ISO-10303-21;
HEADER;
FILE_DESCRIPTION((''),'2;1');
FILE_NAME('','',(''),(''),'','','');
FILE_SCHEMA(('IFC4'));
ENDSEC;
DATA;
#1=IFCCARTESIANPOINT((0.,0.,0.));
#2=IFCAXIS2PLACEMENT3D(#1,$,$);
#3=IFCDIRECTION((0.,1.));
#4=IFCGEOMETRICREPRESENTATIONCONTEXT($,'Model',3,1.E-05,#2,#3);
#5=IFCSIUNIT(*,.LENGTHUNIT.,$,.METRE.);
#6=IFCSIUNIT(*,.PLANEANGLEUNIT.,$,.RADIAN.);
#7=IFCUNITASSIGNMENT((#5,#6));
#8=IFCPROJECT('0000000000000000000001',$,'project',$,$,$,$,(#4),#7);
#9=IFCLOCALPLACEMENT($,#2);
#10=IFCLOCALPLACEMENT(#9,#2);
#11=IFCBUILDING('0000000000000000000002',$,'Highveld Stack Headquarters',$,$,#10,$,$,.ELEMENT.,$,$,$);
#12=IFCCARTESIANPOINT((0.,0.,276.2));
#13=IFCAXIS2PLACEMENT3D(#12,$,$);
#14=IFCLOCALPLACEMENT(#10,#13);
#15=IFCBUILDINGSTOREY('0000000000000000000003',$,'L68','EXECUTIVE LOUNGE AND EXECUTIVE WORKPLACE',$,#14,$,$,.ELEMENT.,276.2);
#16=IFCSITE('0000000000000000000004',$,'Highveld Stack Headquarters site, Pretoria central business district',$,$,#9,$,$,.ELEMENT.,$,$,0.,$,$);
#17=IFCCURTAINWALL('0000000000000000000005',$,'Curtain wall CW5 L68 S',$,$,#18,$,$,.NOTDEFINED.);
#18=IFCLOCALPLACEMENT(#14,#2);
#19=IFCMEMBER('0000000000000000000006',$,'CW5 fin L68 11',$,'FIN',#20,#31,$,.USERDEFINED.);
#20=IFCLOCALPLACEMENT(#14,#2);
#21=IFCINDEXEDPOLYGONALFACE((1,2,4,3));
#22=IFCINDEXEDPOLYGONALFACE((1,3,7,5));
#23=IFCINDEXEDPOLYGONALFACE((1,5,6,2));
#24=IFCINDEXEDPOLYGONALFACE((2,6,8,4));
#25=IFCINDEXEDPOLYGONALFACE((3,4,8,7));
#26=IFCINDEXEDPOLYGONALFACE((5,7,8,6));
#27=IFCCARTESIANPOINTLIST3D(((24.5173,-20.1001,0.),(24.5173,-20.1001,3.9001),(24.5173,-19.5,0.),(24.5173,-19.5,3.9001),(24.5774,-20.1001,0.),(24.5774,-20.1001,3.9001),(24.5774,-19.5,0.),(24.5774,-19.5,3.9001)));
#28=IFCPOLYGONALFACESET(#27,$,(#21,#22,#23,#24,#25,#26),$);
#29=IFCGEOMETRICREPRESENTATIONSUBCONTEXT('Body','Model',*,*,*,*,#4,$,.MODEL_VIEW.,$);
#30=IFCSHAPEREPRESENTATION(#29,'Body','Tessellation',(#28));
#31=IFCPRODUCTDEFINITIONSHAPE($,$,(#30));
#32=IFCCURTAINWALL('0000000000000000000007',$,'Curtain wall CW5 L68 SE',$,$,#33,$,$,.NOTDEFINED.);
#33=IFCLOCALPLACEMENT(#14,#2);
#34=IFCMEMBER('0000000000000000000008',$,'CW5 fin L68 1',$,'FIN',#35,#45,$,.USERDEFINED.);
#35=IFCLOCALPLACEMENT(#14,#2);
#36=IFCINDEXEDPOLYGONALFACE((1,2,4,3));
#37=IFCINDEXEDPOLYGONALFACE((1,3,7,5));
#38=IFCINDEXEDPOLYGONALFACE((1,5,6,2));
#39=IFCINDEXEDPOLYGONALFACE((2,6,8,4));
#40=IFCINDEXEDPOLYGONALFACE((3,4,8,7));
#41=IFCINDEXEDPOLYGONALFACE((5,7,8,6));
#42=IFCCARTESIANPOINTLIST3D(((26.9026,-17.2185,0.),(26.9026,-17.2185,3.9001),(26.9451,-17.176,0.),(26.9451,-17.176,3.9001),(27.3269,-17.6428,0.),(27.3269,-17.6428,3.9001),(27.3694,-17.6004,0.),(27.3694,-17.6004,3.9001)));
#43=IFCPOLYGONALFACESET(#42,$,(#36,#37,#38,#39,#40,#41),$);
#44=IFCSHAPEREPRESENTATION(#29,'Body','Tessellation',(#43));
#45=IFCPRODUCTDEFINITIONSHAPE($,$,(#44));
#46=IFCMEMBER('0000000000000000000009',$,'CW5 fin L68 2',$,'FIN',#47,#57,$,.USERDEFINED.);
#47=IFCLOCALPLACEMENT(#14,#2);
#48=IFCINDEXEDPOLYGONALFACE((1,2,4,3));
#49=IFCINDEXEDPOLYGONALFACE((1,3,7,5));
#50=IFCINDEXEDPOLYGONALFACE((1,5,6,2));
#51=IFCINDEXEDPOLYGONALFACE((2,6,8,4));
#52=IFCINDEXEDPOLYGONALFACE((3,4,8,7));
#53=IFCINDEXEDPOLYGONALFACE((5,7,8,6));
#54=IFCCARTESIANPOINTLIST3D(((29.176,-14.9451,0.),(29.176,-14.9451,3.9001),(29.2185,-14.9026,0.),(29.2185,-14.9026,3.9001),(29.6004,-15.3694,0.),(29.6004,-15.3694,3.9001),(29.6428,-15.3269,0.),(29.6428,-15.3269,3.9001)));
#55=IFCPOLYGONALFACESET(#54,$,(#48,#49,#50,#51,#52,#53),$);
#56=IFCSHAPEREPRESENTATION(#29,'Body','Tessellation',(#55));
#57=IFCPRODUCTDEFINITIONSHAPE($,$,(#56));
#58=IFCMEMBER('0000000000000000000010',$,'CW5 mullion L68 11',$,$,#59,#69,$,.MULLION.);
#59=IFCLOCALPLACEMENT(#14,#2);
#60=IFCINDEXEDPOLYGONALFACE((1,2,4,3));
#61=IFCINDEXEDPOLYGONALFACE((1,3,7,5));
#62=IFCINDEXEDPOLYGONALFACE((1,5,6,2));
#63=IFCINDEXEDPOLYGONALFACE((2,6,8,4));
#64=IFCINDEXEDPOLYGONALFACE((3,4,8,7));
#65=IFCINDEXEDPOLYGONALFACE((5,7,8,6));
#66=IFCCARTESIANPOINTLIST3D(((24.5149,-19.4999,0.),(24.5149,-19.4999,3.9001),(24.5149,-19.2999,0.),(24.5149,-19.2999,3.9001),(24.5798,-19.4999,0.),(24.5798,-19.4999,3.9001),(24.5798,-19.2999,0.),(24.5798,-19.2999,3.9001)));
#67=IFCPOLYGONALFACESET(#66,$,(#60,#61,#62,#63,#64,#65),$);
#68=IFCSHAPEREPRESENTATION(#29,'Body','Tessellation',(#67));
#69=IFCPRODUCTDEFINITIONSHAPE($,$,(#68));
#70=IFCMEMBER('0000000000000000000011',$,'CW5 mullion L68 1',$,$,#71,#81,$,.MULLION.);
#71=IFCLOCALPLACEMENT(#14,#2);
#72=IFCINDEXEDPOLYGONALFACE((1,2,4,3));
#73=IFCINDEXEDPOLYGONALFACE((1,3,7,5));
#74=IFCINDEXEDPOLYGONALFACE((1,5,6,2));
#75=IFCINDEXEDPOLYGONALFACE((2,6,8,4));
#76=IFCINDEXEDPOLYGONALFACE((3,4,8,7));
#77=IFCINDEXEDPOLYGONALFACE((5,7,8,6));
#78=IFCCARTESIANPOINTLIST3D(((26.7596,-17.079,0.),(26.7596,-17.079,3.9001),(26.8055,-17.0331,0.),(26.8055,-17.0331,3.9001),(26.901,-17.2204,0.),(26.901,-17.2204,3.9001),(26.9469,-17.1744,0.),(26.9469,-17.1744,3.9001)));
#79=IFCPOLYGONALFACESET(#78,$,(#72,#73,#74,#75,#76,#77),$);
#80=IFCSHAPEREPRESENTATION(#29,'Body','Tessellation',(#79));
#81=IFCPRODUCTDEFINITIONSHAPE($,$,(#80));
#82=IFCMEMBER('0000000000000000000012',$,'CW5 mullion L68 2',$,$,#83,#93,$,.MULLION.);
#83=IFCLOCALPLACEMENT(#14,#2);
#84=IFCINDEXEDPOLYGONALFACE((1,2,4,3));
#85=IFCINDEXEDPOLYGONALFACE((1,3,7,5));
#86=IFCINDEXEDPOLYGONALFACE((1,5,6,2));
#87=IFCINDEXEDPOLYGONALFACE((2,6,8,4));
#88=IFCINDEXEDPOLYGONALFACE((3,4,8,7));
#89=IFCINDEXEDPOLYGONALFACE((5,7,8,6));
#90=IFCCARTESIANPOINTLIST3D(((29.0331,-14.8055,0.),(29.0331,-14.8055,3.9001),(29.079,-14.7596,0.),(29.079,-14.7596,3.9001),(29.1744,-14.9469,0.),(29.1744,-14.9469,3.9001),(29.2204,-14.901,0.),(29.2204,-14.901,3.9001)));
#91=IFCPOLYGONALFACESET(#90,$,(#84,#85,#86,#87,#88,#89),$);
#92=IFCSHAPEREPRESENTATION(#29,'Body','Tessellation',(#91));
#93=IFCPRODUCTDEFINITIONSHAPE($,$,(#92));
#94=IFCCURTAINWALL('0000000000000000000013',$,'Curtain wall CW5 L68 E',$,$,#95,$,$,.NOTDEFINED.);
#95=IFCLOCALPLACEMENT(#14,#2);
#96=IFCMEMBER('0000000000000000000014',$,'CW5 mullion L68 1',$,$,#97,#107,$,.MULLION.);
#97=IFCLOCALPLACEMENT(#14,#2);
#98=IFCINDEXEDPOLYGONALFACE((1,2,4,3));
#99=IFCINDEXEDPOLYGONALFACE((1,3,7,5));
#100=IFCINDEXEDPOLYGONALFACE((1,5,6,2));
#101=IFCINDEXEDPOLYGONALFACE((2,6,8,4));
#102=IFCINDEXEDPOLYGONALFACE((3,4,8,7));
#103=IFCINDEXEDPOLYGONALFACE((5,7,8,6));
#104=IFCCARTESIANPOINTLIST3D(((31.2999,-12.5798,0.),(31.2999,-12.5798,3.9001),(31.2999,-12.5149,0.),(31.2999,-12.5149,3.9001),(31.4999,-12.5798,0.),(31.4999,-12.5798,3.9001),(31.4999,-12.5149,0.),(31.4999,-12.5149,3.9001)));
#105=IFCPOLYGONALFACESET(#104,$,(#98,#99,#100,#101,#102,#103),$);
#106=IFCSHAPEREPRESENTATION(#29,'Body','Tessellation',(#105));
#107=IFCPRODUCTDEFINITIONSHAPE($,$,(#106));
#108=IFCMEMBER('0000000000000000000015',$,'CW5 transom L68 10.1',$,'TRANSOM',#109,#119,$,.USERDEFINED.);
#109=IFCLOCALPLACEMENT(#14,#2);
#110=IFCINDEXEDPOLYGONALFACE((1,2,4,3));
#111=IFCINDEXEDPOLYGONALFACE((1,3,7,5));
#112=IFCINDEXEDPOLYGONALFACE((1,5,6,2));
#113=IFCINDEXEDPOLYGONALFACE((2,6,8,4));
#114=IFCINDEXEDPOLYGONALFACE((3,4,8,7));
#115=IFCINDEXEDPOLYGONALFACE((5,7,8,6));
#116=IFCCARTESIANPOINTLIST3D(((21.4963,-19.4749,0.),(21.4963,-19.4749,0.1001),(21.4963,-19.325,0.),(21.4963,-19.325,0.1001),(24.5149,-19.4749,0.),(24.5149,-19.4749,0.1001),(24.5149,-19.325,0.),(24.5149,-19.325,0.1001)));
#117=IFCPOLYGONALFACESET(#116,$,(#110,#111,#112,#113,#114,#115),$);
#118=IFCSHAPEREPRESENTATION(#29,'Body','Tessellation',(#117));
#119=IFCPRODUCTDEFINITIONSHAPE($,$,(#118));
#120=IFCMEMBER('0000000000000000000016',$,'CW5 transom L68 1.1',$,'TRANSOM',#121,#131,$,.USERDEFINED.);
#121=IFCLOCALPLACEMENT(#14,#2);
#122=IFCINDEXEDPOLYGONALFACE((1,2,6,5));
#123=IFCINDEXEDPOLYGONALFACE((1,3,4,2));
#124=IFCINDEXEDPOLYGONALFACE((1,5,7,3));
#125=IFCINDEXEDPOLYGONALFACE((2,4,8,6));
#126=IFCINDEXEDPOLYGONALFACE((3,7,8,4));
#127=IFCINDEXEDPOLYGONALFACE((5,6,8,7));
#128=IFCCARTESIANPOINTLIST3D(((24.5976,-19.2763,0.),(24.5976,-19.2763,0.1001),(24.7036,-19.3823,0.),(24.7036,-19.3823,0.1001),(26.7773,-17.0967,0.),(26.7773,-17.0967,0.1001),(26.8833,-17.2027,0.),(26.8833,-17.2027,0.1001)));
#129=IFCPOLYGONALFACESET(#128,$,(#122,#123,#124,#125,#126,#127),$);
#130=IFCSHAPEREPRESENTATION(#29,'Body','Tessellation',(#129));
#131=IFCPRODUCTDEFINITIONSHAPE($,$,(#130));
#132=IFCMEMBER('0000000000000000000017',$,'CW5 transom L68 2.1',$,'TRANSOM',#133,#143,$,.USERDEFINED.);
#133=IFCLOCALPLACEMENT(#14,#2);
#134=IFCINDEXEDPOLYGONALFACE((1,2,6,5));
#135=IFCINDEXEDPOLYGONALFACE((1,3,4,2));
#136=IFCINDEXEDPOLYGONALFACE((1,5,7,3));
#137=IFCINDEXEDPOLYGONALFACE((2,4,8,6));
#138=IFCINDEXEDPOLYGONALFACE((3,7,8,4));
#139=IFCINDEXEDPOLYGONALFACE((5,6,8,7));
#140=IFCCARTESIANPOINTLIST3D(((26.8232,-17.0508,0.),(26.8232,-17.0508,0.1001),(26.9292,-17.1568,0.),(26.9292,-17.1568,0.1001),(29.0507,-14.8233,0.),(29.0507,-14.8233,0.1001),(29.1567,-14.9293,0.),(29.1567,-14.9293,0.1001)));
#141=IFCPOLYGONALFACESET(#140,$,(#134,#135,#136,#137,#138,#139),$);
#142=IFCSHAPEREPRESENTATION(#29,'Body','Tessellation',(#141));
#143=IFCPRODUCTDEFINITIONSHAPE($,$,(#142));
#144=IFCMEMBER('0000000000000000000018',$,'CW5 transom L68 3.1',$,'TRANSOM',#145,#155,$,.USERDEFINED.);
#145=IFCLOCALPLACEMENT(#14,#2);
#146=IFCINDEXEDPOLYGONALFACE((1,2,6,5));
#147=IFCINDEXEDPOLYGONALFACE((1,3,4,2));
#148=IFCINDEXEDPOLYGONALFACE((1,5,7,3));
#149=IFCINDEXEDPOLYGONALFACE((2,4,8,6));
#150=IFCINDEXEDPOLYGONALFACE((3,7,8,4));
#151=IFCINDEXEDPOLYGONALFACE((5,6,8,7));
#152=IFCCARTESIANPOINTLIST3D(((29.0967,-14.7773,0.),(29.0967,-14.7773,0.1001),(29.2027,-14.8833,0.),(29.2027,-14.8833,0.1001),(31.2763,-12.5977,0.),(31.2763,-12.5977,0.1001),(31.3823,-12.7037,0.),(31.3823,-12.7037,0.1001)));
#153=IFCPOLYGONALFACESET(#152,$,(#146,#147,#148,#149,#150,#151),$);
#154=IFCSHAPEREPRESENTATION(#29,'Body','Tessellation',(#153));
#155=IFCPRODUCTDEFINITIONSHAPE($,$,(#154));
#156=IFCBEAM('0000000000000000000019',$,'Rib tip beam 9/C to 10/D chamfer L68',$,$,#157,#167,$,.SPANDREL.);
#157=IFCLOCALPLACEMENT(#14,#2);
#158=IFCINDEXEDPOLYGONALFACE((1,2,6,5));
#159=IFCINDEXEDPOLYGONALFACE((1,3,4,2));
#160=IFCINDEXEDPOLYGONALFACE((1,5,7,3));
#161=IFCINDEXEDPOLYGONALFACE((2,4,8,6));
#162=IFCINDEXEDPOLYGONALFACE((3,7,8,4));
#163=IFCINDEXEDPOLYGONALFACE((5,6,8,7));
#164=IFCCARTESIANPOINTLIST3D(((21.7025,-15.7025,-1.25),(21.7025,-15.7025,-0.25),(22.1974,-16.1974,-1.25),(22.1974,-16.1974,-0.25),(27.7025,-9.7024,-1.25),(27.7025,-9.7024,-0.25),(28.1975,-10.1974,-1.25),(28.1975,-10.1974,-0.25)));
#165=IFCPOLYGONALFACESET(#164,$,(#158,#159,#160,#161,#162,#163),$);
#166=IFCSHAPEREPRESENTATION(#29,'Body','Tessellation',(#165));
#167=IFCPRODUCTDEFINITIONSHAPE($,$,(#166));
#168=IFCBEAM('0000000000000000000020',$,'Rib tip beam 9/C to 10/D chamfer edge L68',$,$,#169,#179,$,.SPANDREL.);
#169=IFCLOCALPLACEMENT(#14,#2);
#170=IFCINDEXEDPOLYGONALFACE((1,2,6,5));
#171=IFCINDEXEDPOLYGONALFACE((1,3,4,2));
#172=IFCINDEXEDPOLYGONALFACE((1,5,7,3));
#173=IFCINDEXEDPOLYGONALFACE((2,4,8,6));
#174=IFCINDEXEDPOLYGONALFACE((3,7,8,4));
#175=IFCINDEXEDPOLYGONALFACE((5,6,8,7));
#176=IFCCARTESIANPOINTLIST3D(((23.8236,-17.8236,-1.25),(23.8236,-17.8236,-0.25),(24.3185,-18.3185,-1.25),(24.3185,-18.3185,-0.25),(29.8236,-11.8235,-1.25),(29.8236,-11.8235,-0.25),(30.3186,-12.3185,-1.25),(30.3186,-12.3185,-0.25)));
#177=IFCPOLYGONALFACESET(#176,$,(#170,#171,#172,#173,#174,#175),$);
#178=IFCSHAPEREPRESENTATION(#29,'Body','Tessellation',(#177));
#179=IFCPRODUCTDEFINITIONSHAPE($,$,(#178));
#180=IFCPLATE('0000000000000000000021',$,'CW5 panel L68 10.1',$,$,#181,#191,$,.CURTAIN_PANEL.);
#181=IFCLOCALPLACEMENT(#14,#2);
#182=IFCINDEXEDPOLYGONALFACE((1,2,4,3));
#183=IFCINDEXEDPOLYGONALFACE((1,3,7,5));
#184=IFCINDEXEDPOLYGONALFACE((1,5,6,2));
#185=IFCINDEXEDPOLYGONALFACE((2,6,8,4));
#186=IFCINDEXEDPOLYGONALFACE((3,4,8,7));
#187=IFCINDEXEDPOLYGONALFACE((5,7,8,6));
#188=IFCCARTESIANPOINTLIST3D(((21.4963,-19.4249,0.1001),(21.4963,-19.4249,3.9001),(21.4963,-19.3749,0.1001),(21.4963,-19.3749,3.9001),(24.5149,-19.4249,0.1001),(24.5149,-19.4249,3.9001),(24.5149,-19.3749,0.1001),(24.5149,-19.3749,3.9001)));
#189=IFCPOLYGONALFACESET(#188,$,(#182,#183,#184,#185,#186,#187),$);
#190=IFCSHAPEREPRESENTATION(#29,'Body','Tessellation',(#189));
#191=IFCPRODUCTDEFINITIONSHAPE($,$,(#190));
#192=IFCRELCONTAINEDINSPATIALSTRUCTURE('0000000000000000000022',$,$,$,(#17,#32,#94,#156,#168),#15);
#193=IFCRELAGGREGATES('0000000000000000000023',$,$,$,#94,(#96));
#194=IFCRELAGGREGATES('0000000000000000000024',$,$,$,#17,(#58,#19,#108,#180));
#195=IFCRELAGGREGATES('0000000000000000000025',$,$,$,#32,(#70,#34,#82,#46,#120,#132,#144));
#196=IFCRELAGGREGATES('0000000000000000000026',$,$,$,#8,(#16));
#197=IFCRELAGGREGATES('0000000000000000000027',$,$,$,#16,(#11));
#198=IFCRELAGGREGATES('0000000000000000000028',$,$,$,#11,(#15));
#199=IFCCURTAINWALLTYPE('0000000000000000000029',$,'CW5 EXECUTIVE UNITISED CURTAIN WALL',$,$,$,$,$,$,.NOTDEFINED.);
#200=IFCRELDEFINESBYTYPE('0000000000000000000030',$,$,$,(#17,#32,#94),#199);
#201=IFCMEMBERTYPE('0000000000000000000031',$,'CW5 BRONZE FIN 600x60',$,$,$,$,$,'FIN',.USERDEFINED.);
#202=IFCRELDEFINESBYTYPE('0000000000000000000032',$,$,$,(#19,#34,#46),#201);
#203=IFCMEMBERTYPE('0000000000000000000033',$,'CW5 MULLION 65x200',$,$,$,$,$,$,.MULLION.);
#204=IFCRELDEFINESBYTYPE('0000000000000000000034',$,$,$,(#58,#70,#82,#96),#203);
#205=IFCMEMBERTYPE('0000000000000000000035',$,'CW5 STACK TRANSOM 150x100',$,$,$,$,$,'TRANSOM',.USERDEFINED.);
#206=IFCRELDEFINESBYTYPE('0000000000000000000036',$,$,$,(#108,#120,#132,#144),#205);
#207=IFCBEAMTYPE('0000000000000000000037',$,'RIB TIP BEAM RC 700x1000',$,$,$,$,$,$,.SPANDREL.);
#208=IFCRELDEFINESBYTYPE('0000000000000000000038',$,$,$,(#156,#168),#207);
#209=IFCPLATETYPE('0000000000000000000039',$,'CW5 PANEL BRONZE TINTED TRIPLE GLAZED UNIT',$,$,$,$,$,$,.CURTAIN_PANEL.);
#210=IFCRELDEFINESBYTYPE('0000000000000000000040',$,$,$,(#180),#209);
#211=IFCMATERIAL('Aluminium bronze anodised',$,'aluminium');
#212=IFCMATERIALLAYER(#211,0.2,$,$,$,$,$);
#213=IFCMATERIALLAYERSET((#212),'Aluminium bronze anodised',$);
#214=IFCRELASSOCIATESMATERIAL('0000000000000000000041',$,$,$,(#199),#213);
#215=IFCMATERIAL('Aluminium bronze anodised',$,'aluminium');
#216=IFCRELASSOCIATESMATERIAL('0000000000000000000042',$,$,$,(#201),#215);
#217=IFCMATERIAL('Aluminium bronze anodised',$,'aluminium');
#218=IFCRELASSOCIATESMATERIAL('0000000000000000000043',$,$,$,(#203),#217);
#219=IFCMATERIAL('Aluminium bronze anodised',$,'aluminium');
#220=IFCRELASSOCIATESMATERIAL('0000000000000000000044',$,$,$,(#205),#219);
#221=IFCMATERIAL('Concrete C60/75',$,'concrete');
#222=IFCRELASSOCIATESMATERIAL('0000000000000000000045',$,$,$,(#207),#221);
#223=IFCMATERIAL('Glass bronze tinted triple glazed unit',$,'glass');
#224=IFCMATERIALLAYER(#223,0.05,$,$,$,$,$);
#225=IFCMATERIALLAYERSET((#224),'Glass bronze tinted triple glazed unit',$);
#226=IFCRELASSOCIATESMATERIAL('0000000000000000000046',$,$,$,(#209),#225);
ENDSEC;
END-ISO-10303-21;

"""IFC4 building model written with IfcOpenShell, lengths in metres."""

from ifc_helpers import new_model, si_unit, direction, frame, origin, origin_2d, place, context, subcontext, project, spatial, rectangle, extrude, material, layer, layer_set, material_profile, profile_set, type_object, element, aggregate, save


model = new_model("IFC4")

# Units and contexts
model_context = context("Model", 3, precision=1e-05, world=origin(), true_north=direction((0.0, 1.0)))
body_context = subcontext(model_context, "Body", "Model", "MODEL_VIEW")
ifc_project = project(units=[si_unit("LENGTHUNIT", "METRE"), si_unit("PLANEANGLEUNIT", "RADIAN")], contexts=[model_context])

# Site, building, storey
site_placement = place(None, origin())
site = spatial("IfcSite", under=ifc_project, at=site_placement, Name="Highveld Stack Headquarters site, Pretoria central business district", CompositionType="ELEMENT", RefElevation=0.0)
building_placement = place(site_placement, origin())
building = spatial("IfcBuilding", under=site, at=building_placement, Name="Highveld Stack Headquarters", CompositionType="ELEMENT")
storey_placement = place(building_placement, frame((0.0, 0.0, 276.2)))
storey = spatial("IfcBuildingStorey", under=building, at=storey_placement, Name="L68", Description="EXECUTIVE LOUNGE AND EXECUTIVE WORKPLACE", CompositionType="ELEMENT", Elevation=276.2)

# Curtain wall, member
ifc_material_1 = material(Name="Aluminium bronze anodised", Category="aluminium")
ifc_layer_1 = layer(ifc_material_1, 0.2)
ifc_layer_set_1 = layer_set([ifc_layer_1], Name="Aluminium bronze anodised")
curtain_wall_type = type_object("IfcCurtainWallType", Name="CW5 EXECUTIVE UNITISED CURTAIN WALL", PredefinedType="NOTDEFINED", material=ifc_layer_set_1)
curtain_wall_1_placement = place(storey_placement, origin())
curtain_wall_1 = element("IfcCurtainWall", 1, at=curtain_wall_1_placement, inside=storey, type_object=curtain_wall_type, Name="Curtain wall CW5 L68 S", PredefinedType="NOTDEFINED")
ifc_material_2 = material(Name="Aluminium bronze anodised", Category="aluminium")
ifc_material_profile_1 = material_profile(ifc_material_2, rectangle(XDim=0.6001, YDim=0.0601, at=origin_2d()), Name="FIN 600x60")
ifc_profile_set_1 = profile_set([ifc_material_profile_1], Name="Aluminium bronze anodised")
member_type_1 = type_object("IfcMemberType", Name="CW5 BRONZE FIN 600x60", ElementType="FIN", PredefinedType="USERDEFINED", material=ifc_profile_set_1)
member_1_placement = place(storey_placement, frame((24.5474, -19.8, 0.0), z_axis=(0.0, 0.0, 1.0), x_axis=(0.0, 1.0, 0.0)))
member_1 = element("IfcMember", 2, at=member_1_placement, type_object=member_type_1, Name="CW5 fin L68 11", ObjectType="FIN", PredefinedType="USERDEFINED", context=body_context, shape_type="SweptSolid", body=[
    extrude(rectangle(XDim=0.6001, YDim=0.0601, at=origin_2d()), origin(), (0.0, 0.0, 1.0), 3.9001),
])

# Curtain wall, members
curtain_wall_2_placement = place(storey_placement, origin())
curtain_wall_2 = element("IfcCurtainWall", 3, at=curtain_wall_2_placement, inside=storey, type_object=curtain_wall_type, Name="Curtain wall CW5 L68 SE", PredefinedType="NOTDEFINED")
member_2_placement = place(storey_placement, frame((27.136, -17.4094, 0.0), z_axis=(0.0, 0.0, 1.0), x_axis=(-0.707107, 0.707107, 0.0)))
member_2 = element("IfcMember", 4, at=member_2_placement, type_object=member_type_1, Name="CW5 fin L68 1", ObjectType="FIN", PredefinedType="USERDEFINED", context=body_context, shape_type="SweptSolid", body=[
    extrude(rectangle(XDim=0.6001, YDim=0.0601, at=origin_2d()), origin(), (0.0, 0.0, 1.0), 3.9001),
])
member_3_placement = place(storey_placement, frame((29.4094, -15.136, 0.0), z_axis=(0.0, 0.0, 1.0), x_axis=(-0.707107, 0.707107, 0.0)))
member_3 = element("IfcMember", 5, at=member_3_placement, type_object=member_type_1, Name="CW5 fin L68 2", ObjectType="FIN", PredefinedType="USERDEFINED", context=body_context, shape_type="SweptSolid", body=[
    extrude(rectangle(XDim=0.6001, YDim=0.0601, at=origin_2d()), origin(), (0.0, 0.0, 1.0), 3.9001),
])

# Members
ifc_material_3 = material(Name="Aluminium bronze anodised", Category="aluminium")
ifc_material_profile_2 = material_profile(ifc_material_3, rectangle(XDim=0.2, YDim=0.0649, at=origin_2d()), Name="CW5 MULLION 65x200")
ifc_profile_set_2 = profile_set([ifc_material_profile_2], Name="Aluminium bronze anodised")
member_type_2 = type_object("IfcMemberType", Name="CW5 MULLION 65x200", PredefinedType="MULLION", material=ifc_profile_set_2)
member_4_placement = place(storey_placement, frame((24.5474, -19.3999, 0.0), z_axis=(0.0, 0.0, 1.0), x_axis=(0.0, 1.0, 0.0)))
member_4 = element("IfcMember", 6, at=member_4_placement, type_object=member_type_2, Name="CW5 mullion L68 11", PredefinedType="MULLION", context=body_context, shape_type="SweptSolid", body=[
    extrude(rectangle(XDim=0.2, YDim=0.0649, at=origin_2d()), origin(), (0.0, 0.0, 1.0), 3.9001),
])
member_5_placement = place(storey_placement, frame((26.8533, -17.1267, 0.0), z_axis=(0.0, 0.0, 1.0), x_axis=(-0.707107, 0.707107, 0.0)))
member_5 = element("IfcMember", 7, at=member_5_placement, type_object=member_type_2, Name="CW5 mullion L68 1", PredefinedType="MULLION", context=body_context, shape_type="SweptSolid", body=[
    extrude(rectangle(XDim=0.2, YDim=0.0649, at=origin_2d()), origin(), (0.0, 0.0, 1.0), 3.9001),
])
member_6_placement = place(storey_placement, frame((29.1267, -14.8533, 0.0), z_axis=(0.0, 0.0, 1.0), x_axis=(-0.707107, 0.707107, 0.0)))
member_6 = element("IfcMember", 8, at=member_6_placement, type_object=member_type_2, Name="CW5 mullion L68 2", PredefinedType="MULLION", context=body_context, shape_type="SweptSolid", body=[
    extrude(rectangle(XDim=0.2, YDim=0.0649, at=origin_2d()), origin(), (0.0, 0.0, 1.0), 3.9001),
])

# Curtain wall, member
curtain_wall_3_placement = place(storey_placement, origin())
curtain_wall_3 = element("IfcCurtainWall", 9, at=curtain_wall_3_placement, inside=storey, type_object=curtain_wall_type, Name="Curtain wall CW5 L68 E", PredefinedType="NOTDEFINED")
member_7_placement = place(storey_placement, frame((31.3999, -12.5474, 0.0), z_axis=(0.0, 0.0, 1.0), x_axis=(-1.0, 0.0, 0.0)))
member_7 = element("IfcMember", 10, at=member_7_placement, type_object=member_type_2, Name="CW5 mullion L68 1", PredefinedType="MULLION", context=body_context, shape_type="SweptSolid", body=[
    extrude(rectangle(XDim=0.2, YDim=0.0649, at=origin_2d()), origin(), (0.0, 0.0, 1.0), 3.9001),
])
aggregate(curtain_wall_3, [member_7])

# Members
ifc_material_4 = material(Name="Aluminium bronze anodised", Category="aluminium")
ifc_material_profile_3 = material_profile(ifc_material_4, rectangle(XDim=0.1499, YDim=0.1001, at=origin_2d()), Name="CW5 TRANSOM 150x100")
ifc_profile_set_3 = profile_set([ifc_material_profile_3], Name="Aluminium bronze anodised")
member_type_3 = type_object("IfcMemberType", Name="CW5 STACK TRANSOM 150x100", ElementType="TRANSOM", PredefinedType="USERDEFINED", material=ifc_profile_set_3)
member_8_placement = place(storey_placement, frame((21.4963, -19.3999, 0.05), z_axis=(1.0, 0.0, 0.0), x_axis=(0.0, 1.0, 0.0)))
member_8 = element("IfcMember", 11, at=member_8_placement, type_object=member_type_3, Name="CW5 transom L68 10.1", ObjectType="TRANSOM", PredefinedType="USERDEFINED", context=body_context, shape_type="SweptSolid", body=[
    extrude(rectangle(XDim=0.1499, YDim=0.1001, at=origin_2d()), origin(), (0.0, 0.0, 1.0), 3.0186),
])
member_9_placement = place(storey_placement, frame((24.6506, -19.3293, 0.05), z_axis=(0.707107, 0.707107, 0.0), x_axis=(-0.707107, 0.707107, 0.0)))
member_9 = element("IfcMember", 12, at=member_9_placement, type_object=member_type_3, Name="CW5 transom L68 1.1", ObjectType="TRANSOM", PredefinedType="USERDEFINED", context=body_context, shape_type="SweptSolid", body=[
    extrude(rectangle(XDim=0.1499, YDim=0.1001, at=origin_2d()), origin(), (0.0, 0.0, 1.0), 3.0825),
])
member_10_placement = place(storey_placement, frame((26.8762, -17.1038, 0.05), z_axis=(0.707107, 0.707107, 0.0), x_axis=(-0.707107, 0.707107, 0.0)))
member_10 = element("IfcMember", 13, at=member_10_placement, type_object=member_type_3, Name="CW5 transom L68 2.1", ObjectType="TRANSOM", PredefinedType="USERDEFINED", context=body_context, shape_type="SweptSolid", body=[
    extrude(rectangle(XDim=0.1499, YDim=0.1001, at=origin_2d()), origin(), (0.0, 0.0, 1.0), 3.1501),
])
member_11_placement = place(storey_placement, frame((29.1497, -14.8303, 0.05), z_axis=(0.707107, 0.707107, 0.0), x_axis=(-0.707107, 0.707107, 0.0)))
member_11 = element("IfcMember", 14, at=member_11_placement, type_object=member_type_3, Name="CW5 transom L68 3.1", ObjectType="TRANSOM", PredefinedType="USERDEFINED", context=body_context, shape_type="SweptSolid", body=[
    extrude(rectangle(XDim=0.1499, YDim=0.1001, at=origin_2d()), origin(), (0.0, 0.0, 1.0), 3.0825),
])

# Beams
ifc_material_5 = material(Name="Concrete C60/75", Category="concrete")
ifc_material_profile_4 = material_profile(ifc_material_5, rectangle(XDim=0.7, YDim=1.0, at=origin_2d()), Name="RC 700x1000")
ifc_profile_set_4 = profile_set([ifc_material_profile_4], Name="Concrete C60/75")
beam_type = type_object("IfcBeamType", Name="RIB TIP BEAM RC 700x1000", PredefinedType="SPANDREL", material=ifc_profile_set_4)
for number, where, z_axis, x_axis, name in (
    (15, (21.95, -15.95, -0.75), (0.707107, 0.707107, 0.0), (-0.707107, 0.707107, 0.0), "Rib tip beam 9/C to 10/D chamfer L68"),
    (16, (24.071, -18.071, -0.75), (0.707107, 0.707107, 0.0), (-0.707107, 0.707107, 0.0), "Rib tip beam 9/C to 10/D chamfer edge L68"),
):
    element("IfcBeam", number, at=place(storey_placement, frame(where, z_axis=z_axis, x_axis=x_axis)), inside=storey, type_object=beam_type, Name=name, PredefinedType="SPANDREL", context=body_context, shape_type="SweptSolid", body=[
        extrude(rectangle(XDim=0.7, YDim=1.0, at=origin_2d()), origin(), (0.0, 0.0, 1.0), 8.4854),
    ])

# Plate
ifc_material_6 = material(Name="Glass bronze tinted triple glazed unit", Category="glass")
ifc_layer_2 = layer(ifc_material_6, 0.05)
ifc_layer_set_2 = layer_set([ifc_layer_2], Name="Glass bronze tinted triple glazed unit")
plate_type = type_object("IfcPlateType", Name="CW5 PANEL BRONZE TINTED TRIPLE GLAZED UNIT", PredefinedType="CURTAIN_PANEL", material=ifc_layer_set_2)
plate_1_placement = place(storey_placement, frame((23.0056, -19.3999, 0.1001), z_axis=(0.0, 0.0, 1.0), x_axis=(1.0, 0.0, 0.0)))
plate_1 = element("IfcPlate", 17, at=plate_1_placement, type_object=plate_type, Name="CW5 panel L68 10.1", PredefinedType="CURTAIN_PANEL", context=body_context, shape_type="SweptSolid", body=[
    extrude(rectangle(XDim=3.0186, YDim=0.05, at=origin_2d()), origin(), (0.0, 0.0, 1.0), 3.8),
])
aggregate(curtain_wall_1, [member_4, member_1, member_8, plate_1])
aggregate(curtain_wall_2, [member_5, member_2, member_6, member_3, member_9, member_10, member_11])

save(model, "model.ifc")
